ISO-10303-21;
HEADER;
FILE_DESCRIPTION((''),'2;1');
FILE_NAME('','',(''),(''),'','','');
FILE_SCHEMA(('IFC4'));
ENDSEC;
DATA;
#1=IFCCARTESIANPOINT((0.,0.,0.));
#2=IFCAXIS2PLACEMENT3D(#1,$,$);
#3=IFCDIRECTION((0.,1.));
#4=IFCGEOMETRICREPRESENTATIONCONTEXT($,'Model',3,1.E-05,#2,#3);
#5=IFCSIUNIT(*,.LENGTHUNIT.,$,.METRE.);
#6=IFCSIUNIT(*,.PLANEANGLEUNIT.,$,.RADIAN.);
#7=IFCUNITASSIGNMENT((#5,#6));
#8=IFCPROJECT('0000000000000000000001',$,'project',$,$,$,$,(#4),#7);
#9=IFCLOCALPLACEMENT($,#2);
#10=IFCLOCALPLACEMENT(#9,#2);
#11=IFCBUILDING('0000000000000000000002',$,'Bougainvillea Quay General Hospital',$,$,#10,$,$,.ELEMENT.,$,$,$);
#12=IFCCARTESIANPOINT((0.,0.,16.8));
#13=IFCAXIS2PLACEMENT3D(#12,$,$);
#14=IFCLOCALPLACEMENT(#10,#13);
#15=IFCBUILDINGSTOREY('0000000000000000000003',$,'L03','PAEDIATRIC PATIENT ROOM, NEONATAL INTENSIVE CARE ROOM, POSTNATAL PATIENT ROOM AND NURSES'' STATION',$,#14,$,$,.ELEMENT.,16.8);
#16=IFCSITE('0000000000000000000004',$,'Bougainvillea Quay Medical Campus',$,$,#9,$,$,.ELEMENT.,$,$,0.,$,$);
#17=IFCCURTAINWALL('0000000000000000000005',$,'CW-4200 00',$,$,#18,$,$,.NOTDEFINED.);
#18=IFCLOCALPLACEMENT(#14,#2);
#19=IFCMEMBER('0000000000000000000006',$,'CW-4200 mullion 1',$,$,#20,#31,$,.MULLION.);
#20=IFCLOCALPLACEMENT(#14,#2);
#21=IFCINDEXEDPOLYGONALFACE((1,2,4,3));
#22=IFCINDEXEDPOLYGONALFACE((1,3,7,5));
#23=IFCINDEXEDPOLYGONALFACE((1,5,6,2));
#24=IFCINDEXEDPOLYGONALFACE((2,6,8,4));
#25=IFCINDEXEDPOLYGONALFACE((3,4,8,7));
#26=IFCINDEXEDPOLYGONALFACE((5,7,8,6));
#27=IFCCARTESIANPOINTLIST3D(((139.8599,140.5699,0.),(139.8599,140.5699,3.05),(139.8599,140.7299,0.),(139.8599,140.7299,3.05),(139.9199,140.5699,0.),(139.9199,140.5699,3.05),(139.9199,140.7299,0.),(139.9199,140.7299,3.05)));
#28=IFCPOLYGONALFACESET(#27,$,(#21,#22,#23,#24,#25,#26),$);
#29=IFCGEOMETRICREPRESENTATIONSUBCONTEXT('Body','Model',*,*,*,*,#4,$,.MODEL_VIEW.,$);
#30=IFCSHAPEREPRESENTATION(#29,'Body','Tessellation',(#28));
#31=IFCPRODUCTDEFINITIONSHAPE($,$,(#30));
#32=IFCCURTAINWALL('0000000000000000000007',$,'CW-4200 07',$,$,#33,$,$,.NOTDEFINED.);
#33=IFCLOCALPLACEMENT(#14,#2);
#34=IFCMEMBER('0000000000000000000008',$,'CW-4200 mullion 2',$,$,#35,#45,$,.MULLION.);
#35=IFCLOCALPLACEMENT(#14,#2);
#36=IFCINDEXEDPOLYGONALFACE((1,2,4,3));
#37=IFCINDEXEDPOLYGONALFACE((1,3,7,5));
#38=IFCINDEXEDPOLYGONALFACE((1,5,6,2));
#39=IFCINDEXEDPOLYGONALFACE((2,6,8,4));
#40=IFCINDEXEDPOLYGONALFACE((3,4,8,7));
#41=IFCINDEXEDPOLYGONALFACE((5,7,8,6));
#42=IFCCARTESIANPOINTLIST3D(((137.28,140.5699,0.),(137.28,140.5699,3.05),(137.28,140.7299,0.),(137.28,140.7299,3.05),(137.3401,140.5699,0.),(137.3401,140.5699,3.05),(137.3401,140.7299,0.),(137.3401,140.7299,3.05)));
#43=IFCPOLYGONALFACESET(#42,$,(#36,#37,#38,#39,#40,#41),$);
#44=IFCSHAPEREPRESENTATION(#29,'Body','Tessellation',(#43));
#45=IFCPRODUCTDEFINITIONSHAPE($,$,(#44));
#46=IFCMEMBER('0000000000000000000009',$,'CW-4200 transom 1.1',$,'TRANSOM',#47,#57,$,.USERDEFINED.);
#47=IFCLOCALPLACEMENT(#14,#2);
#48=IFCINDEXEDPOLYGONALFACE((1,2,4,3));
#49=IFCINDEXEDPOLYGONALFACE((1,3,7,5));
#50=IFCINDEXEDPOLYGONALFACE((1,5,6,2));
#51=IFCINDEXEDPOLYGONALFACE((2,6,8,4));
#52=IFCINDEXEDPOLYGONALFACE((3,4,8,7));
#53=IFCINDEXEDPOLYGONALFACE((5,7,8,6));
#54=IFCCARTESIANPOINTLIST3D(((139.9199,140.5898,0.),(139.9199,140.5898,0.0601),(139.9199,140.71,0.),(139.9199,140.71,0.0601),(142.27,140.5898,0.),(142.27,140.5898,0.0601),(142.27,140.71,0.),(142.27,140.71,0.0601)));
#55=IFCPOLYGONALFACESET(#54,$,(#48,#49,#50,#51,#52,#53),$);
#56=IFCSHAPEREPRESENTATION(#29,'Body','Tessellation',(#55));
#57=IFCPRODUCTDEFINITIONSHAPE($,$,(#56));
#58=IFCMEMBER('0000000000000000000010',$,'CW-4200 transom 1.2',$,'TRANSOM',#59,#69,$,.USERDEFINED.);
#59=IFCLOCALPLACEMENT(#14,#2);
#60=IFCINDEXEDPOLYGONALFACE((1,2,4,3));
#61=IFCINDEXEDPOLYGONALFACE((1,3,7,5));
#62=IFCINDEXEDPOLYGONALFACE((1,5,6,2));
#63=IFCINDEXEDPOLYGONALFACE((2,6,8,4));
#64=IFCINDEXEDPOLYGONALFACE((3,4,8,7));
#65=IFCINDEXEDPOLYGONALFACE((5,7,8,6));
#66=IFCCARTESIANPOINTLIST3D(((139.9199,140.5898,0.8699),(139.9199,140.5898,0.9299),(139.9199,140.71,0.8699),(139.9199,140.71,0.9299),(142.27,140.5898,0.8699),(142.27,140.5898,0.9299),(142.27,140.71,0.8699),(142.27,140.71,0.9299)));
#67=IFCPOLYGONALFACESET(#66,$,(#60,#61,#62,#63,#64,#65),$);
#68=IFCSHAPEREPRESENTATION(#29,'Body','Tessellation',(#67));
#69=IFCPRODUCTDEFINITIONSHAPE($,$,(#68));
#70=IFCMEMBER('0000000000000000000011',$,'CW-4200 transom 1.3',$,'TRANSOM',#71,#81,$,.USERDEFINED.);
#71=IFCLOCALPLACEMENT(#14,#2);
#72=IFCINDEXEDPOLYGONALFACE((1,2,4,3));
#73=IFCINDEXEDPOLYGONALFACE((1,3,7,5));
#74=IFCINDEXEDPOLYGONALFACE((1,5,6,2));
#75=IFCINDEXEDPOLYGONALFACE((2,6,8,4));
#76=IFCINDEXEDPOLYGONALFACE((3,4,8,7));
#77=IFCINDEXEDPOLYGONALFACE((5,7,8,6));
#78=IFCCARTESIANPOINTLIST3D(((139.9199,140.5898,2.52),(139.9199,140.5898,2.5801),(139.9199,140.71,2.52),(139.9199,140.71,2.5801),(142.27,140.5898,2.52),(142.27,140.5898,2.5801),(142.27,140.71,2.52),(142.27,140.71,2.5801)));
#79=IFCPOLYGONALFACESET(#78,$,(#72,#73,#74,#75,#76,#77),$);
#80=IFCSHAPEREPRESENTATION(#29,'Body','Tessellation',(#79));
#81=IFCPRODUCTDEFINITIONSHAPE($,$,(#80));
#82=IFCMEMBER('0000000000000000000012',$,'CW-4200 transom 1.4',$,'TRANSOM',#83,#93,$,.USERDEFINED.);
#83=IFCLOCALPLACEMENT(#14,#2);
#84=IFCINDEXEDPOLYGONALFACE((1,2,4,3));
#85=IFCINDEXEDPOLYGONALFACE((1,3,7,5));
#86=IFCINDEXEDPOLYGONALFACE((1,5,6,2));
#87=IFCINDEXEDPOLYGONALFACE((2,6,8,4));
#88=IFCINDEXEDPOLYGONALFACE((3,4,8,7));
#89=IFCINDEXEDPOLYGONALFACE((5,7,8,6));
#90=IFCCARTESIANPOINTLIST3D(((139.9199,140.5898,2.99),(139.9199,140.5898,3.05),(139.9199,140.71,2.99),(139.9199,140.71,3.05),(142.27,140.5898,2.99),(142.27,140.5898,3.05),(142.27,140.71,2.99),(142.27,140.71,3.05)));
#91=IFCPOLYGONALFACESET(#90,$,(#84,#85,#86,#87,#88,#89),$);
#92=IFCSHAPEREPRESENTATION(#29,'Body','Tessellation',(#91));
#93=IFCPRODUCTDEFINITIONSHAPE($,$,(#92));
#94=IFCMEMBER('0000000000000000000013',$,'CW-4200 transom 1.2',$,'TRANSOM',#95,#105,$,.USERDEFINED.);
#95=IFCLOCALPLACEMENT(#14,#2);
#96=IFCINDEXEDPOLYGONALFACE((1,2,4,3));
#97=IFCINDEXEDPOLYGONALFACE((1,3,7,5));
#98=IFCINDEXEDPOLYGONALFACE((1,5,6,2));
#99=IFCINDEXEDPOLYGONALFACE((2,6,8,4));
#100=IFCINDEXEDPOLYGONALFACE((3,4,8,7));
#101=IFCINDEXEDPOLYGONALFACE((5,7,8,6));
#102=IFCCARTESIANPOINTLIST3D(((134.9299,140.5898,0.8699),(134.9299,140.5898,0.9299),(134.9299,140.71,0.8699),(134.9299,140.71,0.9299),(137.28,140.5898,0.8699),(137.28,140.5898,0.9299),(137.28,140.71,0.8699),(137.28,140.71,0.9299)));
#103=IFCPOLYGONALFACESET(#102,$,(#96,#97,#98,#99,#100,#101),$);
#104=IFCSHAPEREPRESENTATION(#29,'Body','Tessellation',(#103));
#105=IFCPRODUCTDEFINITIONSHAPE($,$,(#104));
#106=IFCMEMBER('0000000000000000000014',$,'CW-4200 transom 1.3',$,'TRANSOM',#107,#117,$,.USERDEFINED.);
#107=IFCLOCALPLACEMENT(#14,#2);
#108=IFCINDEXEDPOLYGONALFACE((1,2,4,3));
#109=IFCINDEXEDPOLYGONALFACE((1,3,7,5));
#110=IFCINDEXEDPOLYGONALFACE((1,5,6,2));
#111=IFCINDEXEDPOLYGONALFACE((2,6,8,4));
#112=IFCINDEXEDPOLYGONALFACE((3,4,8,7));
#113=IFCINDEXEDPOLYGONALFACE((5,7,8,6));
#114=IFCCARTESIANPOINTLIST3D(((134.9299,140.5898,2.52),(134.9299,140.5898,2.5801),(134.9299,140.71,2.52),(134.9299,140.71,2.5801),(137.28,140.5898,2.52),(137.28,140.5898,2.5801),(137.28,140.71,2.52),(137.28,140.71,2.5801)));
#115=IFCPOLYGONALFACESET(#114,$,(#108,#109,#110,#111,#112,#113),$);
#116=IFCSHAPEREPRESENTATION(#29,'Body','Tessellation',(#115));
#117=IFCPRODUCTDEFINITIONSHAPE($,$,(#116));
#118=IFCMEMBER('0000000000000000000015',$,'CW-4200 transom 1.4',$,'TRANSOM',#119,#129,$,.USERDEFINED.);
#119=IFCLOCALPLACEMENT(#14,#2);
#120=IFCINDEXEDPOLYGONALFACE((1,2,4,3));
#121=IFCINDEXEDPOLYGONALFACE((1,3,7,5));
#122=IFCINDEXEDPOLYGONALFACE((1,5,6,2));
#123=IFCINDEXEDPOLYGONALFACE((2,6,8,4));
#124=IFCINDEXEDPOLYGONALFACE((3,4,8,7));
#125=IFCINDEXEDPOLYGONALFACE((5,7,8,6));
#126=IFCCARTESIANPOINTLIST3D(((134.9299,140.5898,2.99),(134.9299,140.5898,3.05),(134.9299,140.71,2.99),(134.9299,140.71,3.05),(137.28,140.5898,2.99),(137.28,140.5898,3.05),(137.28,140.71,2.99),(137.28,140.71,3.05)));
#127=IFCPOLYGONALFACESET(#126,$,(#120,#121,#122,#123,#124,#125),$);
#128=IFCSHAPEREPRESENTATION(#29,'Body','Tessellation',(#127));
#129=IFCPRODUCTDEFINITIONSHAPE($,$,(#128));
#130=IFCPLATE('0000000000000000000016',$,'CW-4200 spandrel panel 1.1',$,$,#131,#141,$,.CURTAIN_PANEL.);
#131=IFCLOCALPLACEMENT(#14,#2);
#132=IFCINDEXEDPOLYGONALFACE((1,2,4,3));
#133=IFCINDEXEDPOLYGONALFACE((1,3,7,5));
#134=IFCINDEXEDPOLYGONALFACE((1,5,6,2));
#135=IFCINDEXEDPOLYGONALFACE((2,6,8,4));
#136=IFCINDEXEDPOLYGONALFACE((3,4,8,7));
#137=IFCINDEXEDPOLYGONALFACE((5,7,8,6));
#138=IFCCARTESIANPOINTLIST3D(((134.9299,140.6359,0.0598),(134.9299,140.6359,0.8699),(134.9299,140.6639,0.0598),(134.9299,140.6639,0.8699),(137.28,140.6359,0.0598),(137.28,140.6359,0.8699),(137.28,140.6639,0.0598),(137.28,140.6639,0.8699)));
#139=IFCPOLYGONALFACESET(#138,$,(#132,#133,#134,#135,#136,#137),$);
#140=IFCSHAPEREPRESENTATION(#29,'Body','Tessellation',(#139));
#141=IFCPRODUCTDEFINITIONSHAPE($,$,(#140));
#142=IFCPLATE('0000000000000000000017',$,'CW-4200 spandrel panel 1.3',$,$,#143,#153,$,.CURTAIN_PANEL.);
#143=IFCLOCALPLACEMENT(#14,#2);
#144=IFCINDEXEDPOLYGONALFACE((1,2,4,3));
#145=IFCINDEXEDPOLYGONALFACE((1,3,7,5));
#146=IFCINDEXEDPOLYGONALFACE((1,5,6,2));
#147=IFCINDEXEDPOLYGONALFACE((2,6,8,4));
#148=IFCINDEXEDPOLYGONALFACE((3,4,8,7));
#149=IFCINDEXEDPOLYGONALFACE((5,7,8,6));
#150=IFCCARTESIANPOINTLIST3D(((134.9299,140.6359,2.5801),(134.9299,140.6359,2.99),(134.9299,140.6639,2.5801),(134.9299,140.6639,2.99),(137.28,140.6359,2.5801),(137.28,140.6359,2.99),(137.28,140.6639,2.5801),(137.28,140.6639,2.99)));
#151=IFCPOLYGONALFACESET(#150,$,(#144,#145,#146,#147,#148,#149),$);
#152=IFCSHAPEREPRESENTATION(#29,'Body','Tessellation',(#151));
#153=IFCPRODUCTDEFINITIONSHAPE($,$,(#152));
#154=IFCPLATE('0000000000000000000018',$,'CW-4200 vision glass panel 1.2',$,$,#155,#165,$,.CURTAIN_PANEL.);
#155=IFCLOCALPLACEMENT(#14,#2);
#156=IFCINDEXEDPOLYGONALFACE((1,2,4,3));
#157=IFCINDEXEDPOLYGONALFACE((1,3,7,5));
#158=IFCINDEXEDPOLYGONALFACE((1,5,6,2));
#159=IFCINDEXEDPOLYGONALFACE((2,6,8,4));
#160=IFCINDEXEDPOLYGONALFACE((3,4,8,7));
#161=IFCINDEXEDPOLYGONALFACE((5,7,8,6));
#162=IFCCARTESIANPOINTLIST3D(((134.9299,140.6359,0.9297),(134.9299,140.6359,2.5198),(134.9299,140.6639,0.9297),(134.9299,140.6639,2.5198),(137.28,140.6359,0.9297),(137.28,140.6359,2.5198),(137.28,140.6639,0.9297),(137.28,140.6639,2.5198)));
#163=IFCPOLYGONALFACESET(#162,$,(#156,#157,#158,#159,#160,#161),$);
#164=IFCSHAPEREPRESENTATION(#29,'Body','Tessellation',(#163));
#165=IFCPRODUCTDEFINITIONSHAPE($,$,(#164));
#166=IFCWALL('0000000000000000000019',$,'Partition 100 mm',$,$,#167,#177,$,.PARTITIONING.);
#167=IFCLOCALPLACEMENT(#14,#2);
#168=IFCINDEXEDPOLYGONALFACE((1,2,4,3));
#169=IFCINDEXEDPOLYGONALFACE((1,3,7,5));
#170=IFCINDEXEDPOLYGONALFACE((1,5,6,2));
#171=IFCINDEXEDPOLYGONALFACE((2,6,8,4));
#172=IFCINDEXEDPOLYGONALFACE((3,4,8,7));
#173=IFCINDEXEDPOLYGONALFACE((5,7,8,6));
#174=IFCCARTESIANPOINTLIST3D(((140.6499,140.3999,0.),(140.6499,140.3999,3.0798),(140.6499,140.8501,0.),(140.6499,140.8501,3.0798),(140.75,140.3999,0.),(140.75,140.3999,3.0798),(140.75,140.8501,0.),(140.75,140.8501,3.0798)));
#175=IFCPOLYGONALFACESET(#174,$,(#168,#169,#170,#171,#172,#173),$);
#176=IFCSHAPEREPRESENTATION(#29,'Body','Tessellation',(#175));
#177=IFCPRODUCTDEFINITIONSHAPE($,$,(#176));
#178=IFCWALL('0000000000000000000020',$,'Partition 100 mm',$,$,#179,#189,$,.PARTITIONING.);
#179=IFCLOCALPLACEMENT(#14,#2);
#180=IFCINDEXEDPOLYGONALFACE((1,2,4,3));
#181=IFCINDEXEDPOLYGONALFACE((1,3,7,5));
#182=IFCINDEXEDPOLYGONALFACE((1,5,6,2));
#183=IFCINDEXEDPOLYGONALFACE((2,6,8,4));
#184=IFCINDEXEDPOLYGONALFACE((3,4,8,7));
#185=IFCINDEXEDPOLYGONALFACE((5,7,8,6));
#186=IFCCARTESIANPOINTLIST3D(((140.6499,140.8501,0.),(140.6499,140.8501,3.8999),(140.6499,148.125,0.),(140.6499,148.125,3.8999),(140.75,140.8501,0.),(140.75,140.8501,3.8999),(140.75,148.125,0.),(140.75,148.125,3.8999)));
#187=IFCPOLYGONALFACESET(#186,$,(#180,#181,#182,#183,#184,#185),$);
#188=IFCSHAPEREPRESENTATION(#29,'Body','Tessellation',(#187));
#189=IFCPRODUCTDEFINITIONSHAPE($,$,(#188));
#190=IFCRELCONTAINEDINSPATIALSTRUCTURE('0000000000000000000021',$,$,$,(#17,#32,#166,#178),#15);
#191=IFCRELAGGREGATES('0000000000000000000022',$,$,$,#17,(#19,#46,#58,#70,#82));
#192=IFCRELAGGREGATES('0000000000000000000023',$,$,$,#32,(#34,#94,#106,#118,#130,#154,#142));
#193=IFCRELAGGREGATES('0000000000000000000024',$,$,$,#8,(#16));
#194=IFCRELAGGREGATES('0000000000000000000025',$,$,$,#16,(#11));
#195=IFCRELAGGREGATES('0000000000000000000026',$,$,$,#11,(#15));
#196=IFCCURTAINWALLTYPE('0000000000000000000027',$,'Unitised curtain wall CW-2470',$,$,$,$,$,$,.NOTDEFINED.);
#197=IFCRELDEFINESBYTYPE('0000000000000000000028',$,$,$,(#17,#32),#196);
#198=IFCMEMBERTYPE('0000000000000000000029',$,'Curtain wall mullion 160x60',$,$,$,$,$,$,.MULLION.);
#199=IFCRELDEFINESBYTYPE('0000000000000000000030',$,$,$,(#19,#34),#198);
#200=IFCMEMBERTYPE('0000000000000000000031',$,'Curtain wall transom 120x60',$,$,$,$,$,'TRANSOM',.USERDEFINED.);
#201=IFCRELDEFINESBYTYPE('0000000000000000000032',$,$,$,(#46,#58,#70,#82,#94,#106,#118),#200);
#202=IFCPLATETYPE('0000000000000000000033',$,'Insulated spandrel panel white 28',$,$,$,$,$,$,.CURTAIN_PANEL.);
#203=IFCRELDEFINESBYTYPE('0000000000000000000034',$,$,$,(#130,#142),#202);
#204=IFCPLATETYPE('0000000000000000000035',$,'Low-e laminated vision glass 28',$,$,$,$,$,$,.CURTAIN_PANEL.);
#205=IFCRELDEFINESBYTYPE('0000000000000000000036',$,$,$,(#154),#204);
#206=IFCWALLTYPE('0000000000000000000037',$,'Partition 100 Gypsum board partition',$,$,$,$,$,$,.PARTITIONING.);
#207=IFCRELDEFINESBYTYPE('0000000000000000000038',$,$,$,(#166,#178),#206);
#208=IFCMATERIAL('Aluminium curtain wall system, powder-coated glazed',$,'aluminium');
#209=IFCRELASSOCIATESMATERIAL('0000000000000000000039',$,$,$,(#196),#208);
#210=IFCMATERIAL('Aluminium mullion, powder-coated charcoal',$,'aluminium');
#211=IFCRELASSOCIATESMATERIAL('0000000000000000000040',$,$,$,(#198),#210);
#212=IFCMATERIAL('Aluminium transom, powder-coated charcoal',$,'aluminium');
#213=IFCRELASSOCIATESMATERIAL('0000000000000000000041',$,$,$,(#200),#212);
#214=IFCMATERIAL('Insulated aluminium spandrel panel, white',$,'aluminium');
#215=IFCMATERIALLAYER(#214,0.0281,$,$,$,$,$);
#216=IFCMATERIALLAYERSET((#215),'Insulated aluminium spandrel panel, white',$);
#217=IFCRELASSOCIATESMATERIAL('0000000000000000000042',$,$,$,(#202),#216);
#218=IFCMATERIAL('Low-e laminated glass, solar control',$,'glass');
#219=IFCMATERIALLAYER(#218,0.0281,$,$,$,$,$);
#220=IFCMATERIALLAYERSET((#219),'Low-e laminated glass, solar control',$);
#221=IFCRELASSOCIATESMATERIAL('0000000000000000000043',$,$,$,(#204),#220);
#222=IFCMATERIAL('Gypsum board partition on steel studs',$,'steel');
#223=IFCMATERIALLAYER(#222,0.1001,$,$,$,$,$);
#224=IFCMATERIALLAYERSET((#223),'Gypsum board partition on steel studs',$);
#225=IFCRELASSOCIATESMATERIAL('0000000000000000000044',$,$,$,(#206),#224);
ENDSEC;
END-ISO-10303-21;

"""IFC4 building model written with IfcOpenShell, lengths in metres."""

from ifc_helpers import new_model, si_unit, direction, frame, frame_2d, origin, origin_2d, place, context, subcontext, project, spatial, rectangle, extrude, material, layer, layer_set, material_profile, profile_set, type_object, element, aggregate, save


model = new_model("IFC4")

# Units and contexts
model_context = context("Model", 3, precision=1e-05, world=origin(), true_north=direction((0.0, 1.0)))
body_context = subcontext(model_context, "Body", "Model", "MODEL_VIEW")
ifc_project = project(units=[si_unit("LENGTHUNIT", "METRE"), si_unit("PLANEANGLEUNIT", "RADIAN")], contexts=[model_context])

# Site, building, storey
site_placement = place(None, origin())
site = spatial("IfcSite", under=ifc_project, at=site_placement, Name="Bougainvillea Quay Medical Campus", CompositionType="ELEMENT", RefElevation=0.0)
building_placement = place(site_placement, origin())
building = spatial("IfcBuilding", under=site, at=building_placement, Name="Bougainvillea Quay General Hospital", CompositionType="ELEMENT")
storey_placement = place(building_placement, frame((0.0, 0.0, 16.8)))
storey = spatial("IfcBuildingStorey", under=building, at=storey_placement, Name="L03", Description="PAEDIATRIC PATIENT ROOM, NEONATAL INTENSIVE CARE ROOM, POSTNATAL PATIENT ROOM AND NURSES' STATION", CompositionType="ELEMENT", Elevation=16.8)

# Curtain walls, members
ifc_material_1 = material(Name="Aluminium curtain wall system, powder-coated glazed", Category="aluminium")
curtain_wall_type = type_object("IfcCurtainWallType", Name="Unitised curtain wall CW-2470", PredefinedType="NOTDEFINED", material=ifc_material_1)
curtain_wall_1_placement = place(storey_placement, origin())
curtain_wall_1 = element("IfcCurtainWall", 1, at=curtain_wall_1_placement, inside=storey, type_object=curtain_wall_type, Name="CW-4200 00", PredefinedType="NOTDEFINED")
ifc_material_2 = material(Name="Aluminium mullion, powder-coated charcoal", Category="aluminium")
ifc_material_profile_1 = material_profile(ifc_material_2, rectangle(XDim=0.1599, YDim=0.0601, at=origin_2d()))
ifc_profile_set_1 = profile_set([ifc_material_profile_1], Name="Aluminium mullion, powder-coated charcoal")
member_type_1 = type_object("IfcMemberType", Name="Curtain wall mullion 160x60", PredefinedType="MULLION", material=ifc_profile_set_1)
member_1_placement = place(storey_placement, frame((139.8899, 140.6499, 0.0), z_axis=(0.0, 0.0, 1.0), x_axis=(0.0, 1.0, 0.0)))
member_1 = element("IfcMember", 2, at=member_1_placement, type_object=member_type_1, Name="CW-4200 mullion 1", PredefinedType="MULLION", context=body_context, shape_type="SweptSolid", body=[
    extrude(rectangle(XDim=0.1599, YDim=0.0601, at=origin_2d()), origin(), (0.0, 0.0, 1.0), 3.05),
])
curtain_wall_2_placement = place(storey_placement, origin())
curtain_wall_2 = element("IfcCurtainWall", 3, at=curtain_wall_2_placement, inside=storey, type_object=curtain_wall_type, Name="CW-4200 07", PredefinedType="NOTDEFINED")
member_2_placement = place(storey_placement, frame((137.3101, 140.6499, 0.0), z_axis=(0.0, 0.0, 1.0), x_axis=(0.0, 1.0, 0.0)))
member_2 = element("IfcMember", 4, at=member_2_placement, type_object=member_type_1, Name="CW-4200 mullion 2", PredefinedType="MULLION", context=body_context, shape_type="SweptSolid", body=[
    extrude(rectangle(XDim=0.1599, YDim=0.0601, at=origin_2d()), origin(), (0.0, 0.0, 1.0), 3.05),
])

# Members
ifc_material_3 = material(Name="Aluminium transom, powder-coated charcoal", Category="aluminium")
ifc_material_profile_2 = material_profile(ifc_material_3, rectangle(XDim=0.1201, YDim=0.0601, at=origin_2d()))
ifc_profile_set_2 = profile_set([ifc_material_profile_2], Name="Aluminium transom, powder-coated charcoal")
member_type_2 = type_object("IfcMemberType", Name="Curtain wall transom 120x60", ElementType="TRANSOM", PredefinedType="USERDEFINED", material=ifc_profile_set_2)
member_3_placement = place(storey_placement, frame((139.9199, 140.6499, 0.03), z_axis=(1.0, 0.0, 0.0), x_axis=(0.0, 1.0, 0.0)))
member_3 = element("IfcMember", 5, at=member_3_placement, type_object=member_type_2, Name="CW-4200 transom 1.1", ObjectType="TRANSOM", PredefinedType="USERDEFINED", context=body_context, shape_type="SweptSolid", body=[
    extrude(rectangle(XDim=0.1201, YDim=0.0601, at=origin_2d()), origin(), (0.0, 0.0, 1.0), 2.3501),
])
member_4_placement = place(storey_placement, frame((139.9199, 140.6499, 0.8999), z_axis=(1.0, 0.0, 0.0), x_axis=(0.0, 1.0, 0.0)))
member_4 = element("IfcMember", 6, at=member_4_placement, type_object=member_type_2, Name="CW-4200 transom 1.2", ObjectType="TRANSOM", PredefinedType="USERDEFINED", context=body_context, shape_type="SweptSolid", body=[
    extrude(rectangle(XDim=0.1201, YDim=0.0601, at=origin_2d()), origin(), (0.0, 0.0, 1.0), 2.3501),
])
member_5_placement = place(storey_placement, frame((139.9199, 140.6499, 2.55), z_axis=(1.0, 0.0, 0.0), x_axis=(0.0, 1.0, 0.0)))
member_5 = element("IfcMember", 7, at=member_5_placement, type_object=member_type_2, Name="CW-4200 transom 1.3", ObjectType="TRANSOM", PredefinedType="USERDEFINED", context=body_context, shape_type="SweptSolid", body=[
    extrude(rectangle(XDim=0.1201, YDim=0.0601, at=origin_2d()), origin(), (0.0, 0.0, 1.0), 2.3501),
])
member_6_placement = place(storey_placement, frame((139.9199, 140.6499, 3.02), z_axis=(1.0, 0.0, 0.0), x_axis=(0.0, 1.0, 0.0)))
member_6 = element("IfcMember", 8, at=member_6_placement, type_object=member_type_2, Name="CW-4200 transom 1.4", ObjectType="TRANSOM", PredefinedType="USERDEFINED", context=body_context, shape_type="SweptSolid", body=[
    extrude(rectangle(XDim=0.1201, YDim=0.0601, at=origin_2d()), origin(), (0.0, 0.0, 1.0), 2.3501),
])
aggregate(curtain_wall_1, [member_1, member_3, member_4, member_5, member_6])
member_7_placement = place(storey_placement, frame((134.9299, 140.6499, 0.8999), z_axis=(1.0, 0.0, 0.0), x_axis=(0.0, 1.0, 0.0)))
member_7 = element("IfcMember", 9, at=member_7_placement, type_object=member_type_2, Name="CW-4200 transom 1.2", ObjectType="TRANSOM", PredefinedType="USERDEFINED", context=body_context, shape_type="SweptSolid", body=[
    extrude(rectangle(XDim=0.1201, YDim=0.0601, at=origin_2d()), origin(), (0.0, 0.0, 1.0), 2.3501),
])
member_8_placement = place(storey_placement, frame((134.9299, 140.6499, 2.55), z_axis=(1.0, 0.0, 0.0), x_axis=(0.0, 1.0, 0.0)))
member_8 = element("IfcMember", 10, at=member_8_placement, type_object=member_type_2, Name="CW-4200 transom 1.3", ObjectType="TRANSOM", PredefinedType="USERDEFINED", context=body_context, shape_type="SweptSolid", body=[
    extrude(rectangle(XDim=0.1201, YDim=0.0601, at=origin_2d()), origin(), (0.0, 0.0, 1.0), 2.3501),
])
member_9_placement = place(storey_placement, frame((134.9299, 140.6499, 3.02), z_axis=(1.0, 0.0, 0.0), x_axis=(0.0, 1.0, 0.0)))
member_9 = element("IfcMember", 11, at=member_9_placement, type_object=member_type_2, Name="CW-4200 transom 1.4", ObjectType="TRANSOM", PredefinedType="USERDEFINED", context=body_context, shape_type="SweptSolid", body=[
    extrude(rectangle(XDim=0.1201, YDim=0.0601, at=origin_2d()), origin(), (0.0, 0.0, 1.0), 2.3501),
])

# Plates
ifc_material_4 = material(Name="Insulated aluminium spandrel panel, white", Category="aluminium")
ifc_layer_1 = layer(ifc_material_4, 0.0281)
ifc_layer_set_1 = layer_set([ifc_layer_1], Name="Insulated aluminium spandrel panel, white")
plate_type_1 = type_object("IfcPlateType", Name="Insulated spandrel panel white 28", PredefinedType="CURTAIN_PANEL", material=ifc_layer_set_1)
plate_1_placement = place(storey_placement, frame((136.105, 140.6499, 0.0598), z_axis=(0.0, 0.0, 1.0), x_axis=(1.0, 0.0, 0.0)))
plate_1 = element("IfcPlate", 12, at=plate_1_placement, type_object=plate_type_1, Name="CW-4200 spandrel panel 1.1", PredefinedType="CURTAIN_PANEL", context=body_context, shape_type="SweptSolid", body=[
    extrude(rectangle(XDim=2.3501, YDim=0.0281, at=origin_2d()), origin(), (0.0, 0.0, 1.0), 0.8101),
])
plate_2_placement = place(storey_placement, frame((136.105, 140.6499, 2.5801), z_axis=(0.0, 0.0, 1.0), x_axis=(1.0, 0.0, 0.0)))
plate_2 = element("IfcPlate", 13, at=plate_2_placement, type_object=plate_type_1, Name="CW-4200 spandrel panel 1.3", PredefinedType="CURTAIN_PANEL", context=body_context, shape_type="SweptSolid", body=[
    extrude(rectangle(XDim=2.3501, YDim=0.0281, at=origin_2d()), origin(), (0.0, 0.0, 1.0), 0.4099),
])
ifc_material_5 = material(Name="Low-e laminated glass, solar control", Category="glass")
ifc_layer_2 = layer(ifc_material_5, 0.0281)
ifc_layer_set_2 = layer_set([ifc_layer_2], Name="Low-e laminated glass, solar control")
plate_type_2 = type_object("IfcPlateType", Name="Low-e laminated vision glass 28", PredefinedType="CURTAIN_PANEL", material=ifc_layer_set_2)
plate_3_placement = place(storey_placement, frame((136.105, 140.6499, 0.9297), z_axis=(0.0, 0.0, 1.0), x_axis=(1.0, 0.0, 0.0)))
plate_3 = element("IfcPlate", 14, at=plate_3_placement, type_object=plate_type_2, Name="CW-4200 vision glass panel 1.2", PredefinedType="CURTAIN_PANEL", context=body_context, shape_type="SweptSolid", body=[
    extrude(rectangle(XDim=2.3501, YDim=0.0281, at=origin_2d()), origin(), (0.0, 0.0, 1.0), 1.5901),
])
aggregate(curtain_wall_2, [member_2, member_7, member_8, member_9, plate_1, plate_3, plate_2])

# Walls
ifc_material_6 = material(Name="Gypsum board partition on steel studs", Category="steel")
ifc_layer_3 = layer(ifc_material_6, 0.1001)
ifc_layer_set_3 = layer_set([ifc_layer_3], Name="Gypsum board partition on steel studs")
wall_type_1 = type_object("IfcWallType", Name="Partition 100 Gypsum board partition", PredefinedType="PARTITIONING", material=ifc_layer_set_3)
wall_1_placement = place(storey_placement, frame((140.7, 140.3999, 0.0), z_axis=(0.0, 0.0, 1.0), x_axis=(0.0, 1.0, 0.0)))
element("IfcWall", 15, at=wall_1_placement, inside=storey, type_object=wall_type_1, Name="Partition 100 mm", PredefinedType="PARTITIONING", context=body_context, shape_type="SweptSolid", body=[
    extrude(rectangle(XDim=0.4502, YDim=0.1001, at=frame_2d((0.2251, 0.0))), origin(), (0.0, 0.0, 1.0), 3.0798),
])
wall_2_placement = place(storey_placement, frame((140.7, 140.8501, 0.0), z_axis=(0.0, 0.0, 1.0), x_axis=(0.0, 1.0, 0.0)))
element("IfcWall", 16, at=wall_2_placement, inside=storey, type_object=wall_type_1, Name="Partition 100 mm", PredefinedType="PARTITIONING", context=body_context, shape_type="SweptSolid", body=[
    extrude(rectangle(XDim=7.2749, YDim=0.1001, at=frame_2d((3.6375, 0.0))), origin(), (0.0, 0.0, 1.0), 3.8999),
])

save(model, "model.ifc")
